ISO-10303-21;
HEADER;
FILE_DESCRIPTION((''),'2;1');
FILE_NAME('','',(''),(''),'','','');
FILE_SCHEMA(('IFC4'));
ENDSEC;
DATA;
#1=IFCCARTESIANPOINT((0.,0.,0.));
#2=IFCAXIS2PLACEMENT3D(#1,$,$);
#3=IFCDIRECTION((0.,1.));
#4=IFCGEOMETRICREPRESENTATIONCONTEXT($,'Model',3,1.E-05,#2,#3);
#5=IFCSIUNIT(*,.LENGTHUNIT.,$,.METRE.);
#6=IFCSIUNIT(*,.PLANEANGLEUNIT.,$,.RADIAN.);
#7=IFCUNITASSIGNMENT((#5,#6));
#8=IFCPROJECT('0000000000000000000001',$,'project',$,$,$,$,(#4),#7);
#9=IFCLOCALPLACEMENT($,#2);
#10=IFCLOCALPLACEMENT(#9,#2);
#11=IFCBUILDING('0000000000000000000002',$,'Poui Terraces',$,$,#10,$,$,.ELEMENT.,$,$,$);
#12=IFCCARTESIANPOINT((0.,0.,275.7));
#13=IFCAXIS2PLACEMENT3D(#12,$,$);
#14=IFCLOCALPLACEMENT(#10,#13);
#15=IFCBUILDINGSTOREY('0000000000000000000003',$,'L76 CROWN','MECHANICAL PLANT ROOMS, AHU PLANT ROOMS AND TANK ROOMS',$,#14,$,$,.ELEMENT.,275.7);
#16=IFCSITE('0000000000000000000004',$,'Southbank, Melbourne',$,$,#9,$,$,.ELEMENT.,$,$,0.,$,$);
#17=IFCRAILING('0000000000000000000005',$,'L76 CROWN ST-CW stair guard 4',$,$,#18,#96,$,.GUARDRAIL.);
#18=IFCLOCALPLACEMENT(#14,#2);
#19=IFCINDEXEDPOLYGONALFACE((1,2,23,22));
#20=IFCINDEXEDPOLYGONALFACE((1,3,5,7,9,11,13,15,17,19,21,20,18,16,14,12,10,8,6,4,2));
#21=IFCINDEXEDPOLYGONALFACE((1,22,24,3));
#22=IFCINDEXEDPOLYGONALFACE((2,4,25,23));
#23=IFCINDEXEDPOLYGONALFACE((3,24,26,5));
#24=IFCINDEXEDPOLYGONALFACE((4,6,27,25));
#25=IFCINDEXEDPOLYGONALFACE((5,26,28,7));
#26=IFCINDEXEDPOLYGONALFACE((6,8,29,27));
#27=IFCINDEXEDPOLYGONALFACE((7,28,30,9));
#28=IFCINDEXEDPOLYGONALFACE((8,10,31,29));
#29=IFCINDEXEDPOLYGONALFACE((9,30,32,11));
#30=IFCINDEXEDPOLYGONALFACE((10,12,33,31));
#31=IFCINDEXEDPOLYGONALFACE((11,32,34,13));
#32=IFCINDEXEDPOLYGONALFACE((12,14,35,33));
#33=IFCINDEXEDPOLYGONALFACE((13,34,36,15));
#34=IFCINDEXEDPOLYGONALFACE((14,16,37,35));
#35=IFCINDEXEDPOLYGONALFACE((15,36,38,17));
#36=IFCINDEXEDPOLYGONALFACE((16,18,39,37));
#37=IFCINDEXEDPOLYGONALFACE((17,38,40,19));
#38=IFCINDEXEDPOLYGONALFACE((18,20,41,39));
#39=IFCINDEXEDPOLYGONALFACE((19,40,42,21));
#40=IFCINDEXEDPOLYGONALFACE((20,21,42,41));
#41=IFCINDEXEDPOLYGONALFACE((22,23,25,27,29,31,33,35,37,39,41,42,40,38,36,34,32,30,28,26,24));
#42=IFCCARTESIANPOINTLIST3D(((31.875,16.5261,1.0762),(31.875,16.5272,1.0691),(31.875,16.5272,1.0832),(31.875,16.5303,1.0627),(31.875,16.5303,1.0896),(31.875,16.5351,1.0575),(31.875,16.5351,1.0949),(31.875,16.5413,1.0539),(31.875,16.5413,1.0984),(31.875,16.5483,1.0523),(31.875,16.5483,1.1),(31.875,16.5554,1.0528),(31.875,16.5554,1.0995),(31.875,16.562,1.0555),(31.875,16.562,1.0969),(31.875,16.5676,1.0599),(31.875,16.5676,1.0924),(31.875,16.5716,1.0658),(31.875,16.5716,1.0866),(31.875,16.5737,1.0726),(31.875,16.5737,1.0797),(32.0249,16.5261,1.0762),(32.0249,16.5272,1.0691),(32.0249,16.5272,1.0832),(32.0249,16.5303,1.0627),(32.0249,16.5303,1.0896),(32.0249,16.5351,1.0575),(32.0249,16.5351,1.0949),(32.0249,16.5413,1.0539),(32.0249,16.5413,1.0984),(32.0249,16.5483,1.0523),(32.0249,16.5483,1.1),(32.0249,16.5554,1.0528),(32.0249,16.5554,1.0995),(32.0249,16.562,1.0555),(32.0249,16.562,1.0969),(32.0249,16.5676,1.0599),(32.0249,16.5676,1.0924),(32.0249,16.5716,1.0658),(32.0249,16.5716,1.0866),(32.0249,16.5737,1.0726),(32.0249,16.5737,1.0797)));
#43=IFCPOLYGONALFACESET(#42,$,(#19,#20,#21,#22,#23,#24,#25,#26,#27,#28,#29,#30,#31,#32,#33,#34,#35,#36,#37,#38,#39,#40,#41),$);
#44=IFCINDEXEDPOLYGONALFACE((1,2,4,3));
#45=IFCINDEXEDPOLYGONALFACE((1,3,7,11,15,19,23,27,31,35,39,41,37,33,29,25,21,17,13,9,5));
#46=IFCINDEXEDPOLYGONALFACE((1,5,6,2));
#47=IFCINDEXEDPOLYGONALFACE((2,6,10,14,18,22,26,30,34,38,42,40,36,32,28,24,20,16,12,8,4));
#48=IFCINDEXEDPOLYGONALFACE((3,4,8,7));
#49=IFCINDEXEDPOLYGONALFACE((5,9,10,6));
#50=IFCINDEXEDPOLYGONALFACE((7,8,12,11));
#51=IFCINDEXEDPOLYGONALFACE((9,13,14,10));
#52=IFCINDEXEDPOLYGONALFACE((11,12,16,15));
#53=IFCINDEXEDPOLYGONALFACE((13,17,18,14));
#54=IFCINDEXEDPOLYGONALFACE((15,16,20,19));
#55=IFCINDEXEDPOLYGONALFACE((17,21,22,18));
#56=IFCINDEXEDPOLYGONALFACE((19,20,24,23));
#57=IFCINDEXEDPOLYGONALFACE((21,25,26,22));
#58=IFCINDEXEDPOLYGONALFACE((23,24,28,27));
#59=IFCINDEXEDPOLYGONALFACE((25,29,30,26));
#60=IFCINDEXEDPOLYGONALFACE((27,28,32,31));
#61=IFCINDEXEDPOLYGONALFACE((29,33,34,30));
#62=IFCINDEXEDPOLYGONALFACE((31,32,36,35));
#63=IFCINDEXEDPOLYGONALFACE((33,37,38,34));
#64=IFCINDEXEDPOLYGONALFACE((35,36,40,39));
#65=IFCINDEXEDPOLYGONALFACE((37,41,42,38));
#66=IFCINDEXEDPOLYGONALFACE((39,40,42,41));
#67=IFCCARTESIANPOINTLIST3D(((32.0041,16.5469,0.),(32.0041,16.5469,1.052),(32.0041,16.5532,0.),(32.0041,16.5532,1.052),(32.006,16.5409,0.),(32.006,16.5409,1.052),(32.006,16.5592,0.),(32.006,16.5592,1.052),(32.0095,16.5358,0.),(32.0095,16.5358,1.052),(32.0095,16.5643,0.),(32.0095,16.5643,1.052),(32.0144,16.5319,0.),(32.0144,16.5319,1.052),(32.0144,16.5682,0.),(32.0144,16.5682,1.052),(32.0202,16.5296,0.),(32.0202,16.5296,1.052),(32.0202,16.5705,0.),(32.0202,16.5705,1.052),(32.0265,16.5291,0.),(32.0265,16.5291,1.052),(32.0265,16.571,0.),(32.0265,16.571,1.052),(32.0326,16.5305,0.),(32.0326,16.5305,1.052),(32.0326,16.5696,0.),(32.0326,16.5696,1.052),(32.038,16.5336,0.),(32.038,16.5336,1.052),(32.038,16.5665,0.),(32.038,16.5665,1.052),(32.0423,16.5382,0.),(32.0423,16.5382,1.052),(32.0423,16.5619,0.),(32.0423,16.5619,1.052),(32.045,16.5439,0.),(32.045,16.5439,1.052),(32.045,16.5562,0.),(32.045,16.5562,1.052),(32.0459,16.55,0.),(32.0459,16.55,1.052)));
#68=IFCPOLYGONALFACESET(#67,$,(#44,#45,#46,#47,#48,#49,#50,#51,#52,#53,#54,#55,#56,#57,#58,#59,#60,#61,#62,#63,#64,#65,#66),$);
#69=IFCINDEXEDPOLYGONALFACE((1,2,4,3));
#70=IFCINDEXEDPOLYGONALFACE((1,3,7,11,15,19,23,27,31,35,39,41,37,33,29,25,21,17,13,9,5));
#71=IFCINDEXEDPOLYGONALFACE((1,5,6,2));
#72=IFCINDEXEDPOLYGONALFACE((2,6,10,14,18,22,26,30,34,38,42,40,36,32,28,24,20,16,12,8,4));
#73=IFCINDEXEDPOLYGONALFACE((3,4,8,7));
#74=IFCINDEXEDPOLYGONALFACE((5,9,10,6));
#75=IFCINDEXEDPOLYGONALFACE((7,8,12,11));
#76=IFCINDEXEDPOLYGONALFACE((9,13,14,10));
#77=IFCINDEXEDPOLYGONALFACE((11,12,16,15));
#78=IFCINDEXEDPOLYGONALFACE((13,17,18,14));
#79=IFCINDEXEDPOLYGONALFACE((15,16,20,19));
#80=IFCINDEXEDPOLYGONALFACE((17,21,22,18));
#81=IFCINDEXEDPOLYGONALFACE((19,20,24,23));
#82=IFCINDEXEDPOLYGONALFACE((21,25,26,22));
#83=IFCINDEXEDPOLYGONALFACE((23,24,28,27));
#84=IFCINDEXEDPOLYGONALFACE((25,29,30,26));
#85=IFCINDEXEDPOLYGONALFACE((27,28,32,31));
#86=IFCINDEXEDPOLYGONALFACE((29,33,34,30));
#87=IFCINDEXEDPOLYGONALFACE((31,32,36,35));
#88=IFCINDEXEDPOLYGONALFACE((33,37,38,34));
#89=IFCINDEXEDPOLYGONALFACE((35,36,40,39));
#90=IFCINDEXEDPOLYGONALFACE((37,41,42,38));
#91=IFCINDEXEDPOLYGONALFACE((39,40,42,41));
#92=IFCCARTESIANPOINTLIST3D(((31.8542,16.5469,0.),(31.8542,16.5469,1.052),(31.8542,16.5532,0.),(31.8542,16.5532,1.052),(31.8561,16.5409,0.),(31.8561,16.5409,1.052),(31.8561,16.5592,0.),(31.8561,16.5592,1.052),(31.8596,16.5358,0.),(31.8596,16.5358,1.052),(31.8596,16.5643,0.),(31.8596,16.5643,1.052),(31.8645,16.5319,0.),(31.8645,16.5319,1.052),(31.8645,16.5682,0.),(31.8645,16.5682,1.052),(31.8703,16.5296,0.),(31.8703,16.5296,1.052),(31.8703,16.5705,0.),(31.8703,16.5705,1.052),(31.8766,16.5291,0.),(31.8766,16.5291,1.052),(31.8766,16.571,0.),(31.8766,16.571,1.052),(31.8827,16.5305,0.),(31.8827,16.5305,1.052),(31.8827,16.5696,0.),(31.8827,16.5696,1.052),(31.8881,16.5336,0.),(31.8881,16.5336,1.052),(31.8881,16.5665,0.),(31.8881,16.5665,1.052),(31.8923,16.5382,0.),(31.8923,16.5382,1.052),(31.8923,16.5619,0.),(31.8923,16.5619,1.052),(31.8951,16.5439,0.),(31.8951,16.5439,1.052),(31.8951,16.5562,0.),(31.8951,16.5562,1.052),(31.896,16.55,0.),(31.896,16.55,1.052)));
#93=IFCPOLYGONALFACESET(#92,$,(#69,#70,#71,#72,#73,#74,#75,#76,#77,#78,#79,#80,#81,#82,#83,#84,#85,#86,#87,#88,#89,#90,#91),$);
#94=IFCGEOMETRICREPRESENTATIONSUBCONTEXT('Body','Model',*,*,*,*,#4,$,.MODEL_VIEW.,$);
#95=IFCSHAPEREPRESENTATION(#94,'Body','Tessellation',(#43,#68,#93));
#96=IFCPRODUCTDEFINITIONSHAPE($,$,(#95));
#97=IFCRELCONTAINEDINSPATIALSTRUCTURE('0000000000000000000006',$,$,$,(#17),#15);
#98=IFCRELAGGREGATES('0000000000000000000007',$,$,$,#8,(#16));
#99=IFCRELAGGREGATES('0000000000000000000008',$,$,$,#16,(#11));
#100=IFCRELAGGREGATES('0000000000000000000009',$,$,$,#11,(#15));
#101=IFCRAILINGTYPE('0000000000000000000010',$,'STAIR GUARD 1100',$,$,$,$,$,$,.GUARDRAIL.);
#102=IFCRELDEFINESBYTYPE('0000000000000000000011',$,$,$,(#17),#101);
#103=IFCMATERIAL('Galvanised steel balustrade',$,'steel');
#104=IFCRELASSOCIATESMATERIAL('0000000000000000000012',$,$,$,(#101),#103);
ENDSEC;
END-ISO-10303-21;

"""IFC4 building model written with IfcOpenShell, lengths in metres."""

from ifc_helpers import new_model, si_unit, direction, frame, origin, origin_2d, place, context, subcontext, project, spatial, circle, extrude, material, type_object, element, save


model = new_model("IFC4")

# Units and contexts
model_context = context("Model", 3, precision=1e-05, world=origin(), true_north=direction((0.0, 1.0)))
body_context = subcontext(model_context, "Body", "Model", "MODEL_VIEW")
ifc_project = project(units=[si_unit("LENGTHUNIT", "METRE"), si_unit("PLANEANGLEUNIT", "RADIAN")], contexts=[model_context])

# Site, building, storey
site_placement = place(None, origin())
site = spatial("IfcSite", under=ifc_project, at=site_placement, Name="Southbank, Melbourne", CompositionType="ELEMENT", RefElevation=0.0)
building_placement = place(site_placement, origin())
building = spatial("IfcBuilding", under=site, at=building_placement, Name="Poui Terraces", CompositionType="ELEMENT")
storey_placement = place(building_placement, frame((0.0, 0.0, 275.7)))
storey = spatial("IfcBuildingStorey", under=building, at=storey_placement, Name="L76 CROWN", Description="MECHANICAL PLANT ROOMS, AHU PLANT ROOMS AND TANK ROOMS", CompositionType="ELEMENT", Elevation=275.7)

# Railing
ifc_material_1 = material(Name="Galvanised steel balustrade", Category="steel")
railing_type_1 = type_object("IfcRailingType", Name="STAIR GUARD 1100", PredefinedType="GUARDRAIL", material=ifc_material_1)
railing_1_placement = place(storey_placement, frame((32.0249, 16.55, 0.0)))
element("IfcRailing", 1, at=railing_1_placement, inside=storey, type_object=railing_type_1, Name="L76 CROWN ST-CW stair guard 4", PredefinedType="GUARDRAIL", context=body_context, shape_type="SweptSolid", body=[
    extrude(circle(Radius=0.0239, at=origin_2d()), frame((0.0, 0.0, 1.0762), z_axis=(-1.0, 0.0, 0.0), x_axis=(0.0, -1.0, 0.0)), (0.0, 0.0, 1.0), 0.1499),
    extrude(circle(Radius=0.021, at=origin_2d()), origin(), (0.0, 0.0, 1.0), 1.052),
    extrude(circle(Radius=0.021, at=origin_2d()), frame((-0.1499, 0.0, 0.0)), (0.0, 0.0, 1.0), 1.052),
])

save(model, "model.ifc")
